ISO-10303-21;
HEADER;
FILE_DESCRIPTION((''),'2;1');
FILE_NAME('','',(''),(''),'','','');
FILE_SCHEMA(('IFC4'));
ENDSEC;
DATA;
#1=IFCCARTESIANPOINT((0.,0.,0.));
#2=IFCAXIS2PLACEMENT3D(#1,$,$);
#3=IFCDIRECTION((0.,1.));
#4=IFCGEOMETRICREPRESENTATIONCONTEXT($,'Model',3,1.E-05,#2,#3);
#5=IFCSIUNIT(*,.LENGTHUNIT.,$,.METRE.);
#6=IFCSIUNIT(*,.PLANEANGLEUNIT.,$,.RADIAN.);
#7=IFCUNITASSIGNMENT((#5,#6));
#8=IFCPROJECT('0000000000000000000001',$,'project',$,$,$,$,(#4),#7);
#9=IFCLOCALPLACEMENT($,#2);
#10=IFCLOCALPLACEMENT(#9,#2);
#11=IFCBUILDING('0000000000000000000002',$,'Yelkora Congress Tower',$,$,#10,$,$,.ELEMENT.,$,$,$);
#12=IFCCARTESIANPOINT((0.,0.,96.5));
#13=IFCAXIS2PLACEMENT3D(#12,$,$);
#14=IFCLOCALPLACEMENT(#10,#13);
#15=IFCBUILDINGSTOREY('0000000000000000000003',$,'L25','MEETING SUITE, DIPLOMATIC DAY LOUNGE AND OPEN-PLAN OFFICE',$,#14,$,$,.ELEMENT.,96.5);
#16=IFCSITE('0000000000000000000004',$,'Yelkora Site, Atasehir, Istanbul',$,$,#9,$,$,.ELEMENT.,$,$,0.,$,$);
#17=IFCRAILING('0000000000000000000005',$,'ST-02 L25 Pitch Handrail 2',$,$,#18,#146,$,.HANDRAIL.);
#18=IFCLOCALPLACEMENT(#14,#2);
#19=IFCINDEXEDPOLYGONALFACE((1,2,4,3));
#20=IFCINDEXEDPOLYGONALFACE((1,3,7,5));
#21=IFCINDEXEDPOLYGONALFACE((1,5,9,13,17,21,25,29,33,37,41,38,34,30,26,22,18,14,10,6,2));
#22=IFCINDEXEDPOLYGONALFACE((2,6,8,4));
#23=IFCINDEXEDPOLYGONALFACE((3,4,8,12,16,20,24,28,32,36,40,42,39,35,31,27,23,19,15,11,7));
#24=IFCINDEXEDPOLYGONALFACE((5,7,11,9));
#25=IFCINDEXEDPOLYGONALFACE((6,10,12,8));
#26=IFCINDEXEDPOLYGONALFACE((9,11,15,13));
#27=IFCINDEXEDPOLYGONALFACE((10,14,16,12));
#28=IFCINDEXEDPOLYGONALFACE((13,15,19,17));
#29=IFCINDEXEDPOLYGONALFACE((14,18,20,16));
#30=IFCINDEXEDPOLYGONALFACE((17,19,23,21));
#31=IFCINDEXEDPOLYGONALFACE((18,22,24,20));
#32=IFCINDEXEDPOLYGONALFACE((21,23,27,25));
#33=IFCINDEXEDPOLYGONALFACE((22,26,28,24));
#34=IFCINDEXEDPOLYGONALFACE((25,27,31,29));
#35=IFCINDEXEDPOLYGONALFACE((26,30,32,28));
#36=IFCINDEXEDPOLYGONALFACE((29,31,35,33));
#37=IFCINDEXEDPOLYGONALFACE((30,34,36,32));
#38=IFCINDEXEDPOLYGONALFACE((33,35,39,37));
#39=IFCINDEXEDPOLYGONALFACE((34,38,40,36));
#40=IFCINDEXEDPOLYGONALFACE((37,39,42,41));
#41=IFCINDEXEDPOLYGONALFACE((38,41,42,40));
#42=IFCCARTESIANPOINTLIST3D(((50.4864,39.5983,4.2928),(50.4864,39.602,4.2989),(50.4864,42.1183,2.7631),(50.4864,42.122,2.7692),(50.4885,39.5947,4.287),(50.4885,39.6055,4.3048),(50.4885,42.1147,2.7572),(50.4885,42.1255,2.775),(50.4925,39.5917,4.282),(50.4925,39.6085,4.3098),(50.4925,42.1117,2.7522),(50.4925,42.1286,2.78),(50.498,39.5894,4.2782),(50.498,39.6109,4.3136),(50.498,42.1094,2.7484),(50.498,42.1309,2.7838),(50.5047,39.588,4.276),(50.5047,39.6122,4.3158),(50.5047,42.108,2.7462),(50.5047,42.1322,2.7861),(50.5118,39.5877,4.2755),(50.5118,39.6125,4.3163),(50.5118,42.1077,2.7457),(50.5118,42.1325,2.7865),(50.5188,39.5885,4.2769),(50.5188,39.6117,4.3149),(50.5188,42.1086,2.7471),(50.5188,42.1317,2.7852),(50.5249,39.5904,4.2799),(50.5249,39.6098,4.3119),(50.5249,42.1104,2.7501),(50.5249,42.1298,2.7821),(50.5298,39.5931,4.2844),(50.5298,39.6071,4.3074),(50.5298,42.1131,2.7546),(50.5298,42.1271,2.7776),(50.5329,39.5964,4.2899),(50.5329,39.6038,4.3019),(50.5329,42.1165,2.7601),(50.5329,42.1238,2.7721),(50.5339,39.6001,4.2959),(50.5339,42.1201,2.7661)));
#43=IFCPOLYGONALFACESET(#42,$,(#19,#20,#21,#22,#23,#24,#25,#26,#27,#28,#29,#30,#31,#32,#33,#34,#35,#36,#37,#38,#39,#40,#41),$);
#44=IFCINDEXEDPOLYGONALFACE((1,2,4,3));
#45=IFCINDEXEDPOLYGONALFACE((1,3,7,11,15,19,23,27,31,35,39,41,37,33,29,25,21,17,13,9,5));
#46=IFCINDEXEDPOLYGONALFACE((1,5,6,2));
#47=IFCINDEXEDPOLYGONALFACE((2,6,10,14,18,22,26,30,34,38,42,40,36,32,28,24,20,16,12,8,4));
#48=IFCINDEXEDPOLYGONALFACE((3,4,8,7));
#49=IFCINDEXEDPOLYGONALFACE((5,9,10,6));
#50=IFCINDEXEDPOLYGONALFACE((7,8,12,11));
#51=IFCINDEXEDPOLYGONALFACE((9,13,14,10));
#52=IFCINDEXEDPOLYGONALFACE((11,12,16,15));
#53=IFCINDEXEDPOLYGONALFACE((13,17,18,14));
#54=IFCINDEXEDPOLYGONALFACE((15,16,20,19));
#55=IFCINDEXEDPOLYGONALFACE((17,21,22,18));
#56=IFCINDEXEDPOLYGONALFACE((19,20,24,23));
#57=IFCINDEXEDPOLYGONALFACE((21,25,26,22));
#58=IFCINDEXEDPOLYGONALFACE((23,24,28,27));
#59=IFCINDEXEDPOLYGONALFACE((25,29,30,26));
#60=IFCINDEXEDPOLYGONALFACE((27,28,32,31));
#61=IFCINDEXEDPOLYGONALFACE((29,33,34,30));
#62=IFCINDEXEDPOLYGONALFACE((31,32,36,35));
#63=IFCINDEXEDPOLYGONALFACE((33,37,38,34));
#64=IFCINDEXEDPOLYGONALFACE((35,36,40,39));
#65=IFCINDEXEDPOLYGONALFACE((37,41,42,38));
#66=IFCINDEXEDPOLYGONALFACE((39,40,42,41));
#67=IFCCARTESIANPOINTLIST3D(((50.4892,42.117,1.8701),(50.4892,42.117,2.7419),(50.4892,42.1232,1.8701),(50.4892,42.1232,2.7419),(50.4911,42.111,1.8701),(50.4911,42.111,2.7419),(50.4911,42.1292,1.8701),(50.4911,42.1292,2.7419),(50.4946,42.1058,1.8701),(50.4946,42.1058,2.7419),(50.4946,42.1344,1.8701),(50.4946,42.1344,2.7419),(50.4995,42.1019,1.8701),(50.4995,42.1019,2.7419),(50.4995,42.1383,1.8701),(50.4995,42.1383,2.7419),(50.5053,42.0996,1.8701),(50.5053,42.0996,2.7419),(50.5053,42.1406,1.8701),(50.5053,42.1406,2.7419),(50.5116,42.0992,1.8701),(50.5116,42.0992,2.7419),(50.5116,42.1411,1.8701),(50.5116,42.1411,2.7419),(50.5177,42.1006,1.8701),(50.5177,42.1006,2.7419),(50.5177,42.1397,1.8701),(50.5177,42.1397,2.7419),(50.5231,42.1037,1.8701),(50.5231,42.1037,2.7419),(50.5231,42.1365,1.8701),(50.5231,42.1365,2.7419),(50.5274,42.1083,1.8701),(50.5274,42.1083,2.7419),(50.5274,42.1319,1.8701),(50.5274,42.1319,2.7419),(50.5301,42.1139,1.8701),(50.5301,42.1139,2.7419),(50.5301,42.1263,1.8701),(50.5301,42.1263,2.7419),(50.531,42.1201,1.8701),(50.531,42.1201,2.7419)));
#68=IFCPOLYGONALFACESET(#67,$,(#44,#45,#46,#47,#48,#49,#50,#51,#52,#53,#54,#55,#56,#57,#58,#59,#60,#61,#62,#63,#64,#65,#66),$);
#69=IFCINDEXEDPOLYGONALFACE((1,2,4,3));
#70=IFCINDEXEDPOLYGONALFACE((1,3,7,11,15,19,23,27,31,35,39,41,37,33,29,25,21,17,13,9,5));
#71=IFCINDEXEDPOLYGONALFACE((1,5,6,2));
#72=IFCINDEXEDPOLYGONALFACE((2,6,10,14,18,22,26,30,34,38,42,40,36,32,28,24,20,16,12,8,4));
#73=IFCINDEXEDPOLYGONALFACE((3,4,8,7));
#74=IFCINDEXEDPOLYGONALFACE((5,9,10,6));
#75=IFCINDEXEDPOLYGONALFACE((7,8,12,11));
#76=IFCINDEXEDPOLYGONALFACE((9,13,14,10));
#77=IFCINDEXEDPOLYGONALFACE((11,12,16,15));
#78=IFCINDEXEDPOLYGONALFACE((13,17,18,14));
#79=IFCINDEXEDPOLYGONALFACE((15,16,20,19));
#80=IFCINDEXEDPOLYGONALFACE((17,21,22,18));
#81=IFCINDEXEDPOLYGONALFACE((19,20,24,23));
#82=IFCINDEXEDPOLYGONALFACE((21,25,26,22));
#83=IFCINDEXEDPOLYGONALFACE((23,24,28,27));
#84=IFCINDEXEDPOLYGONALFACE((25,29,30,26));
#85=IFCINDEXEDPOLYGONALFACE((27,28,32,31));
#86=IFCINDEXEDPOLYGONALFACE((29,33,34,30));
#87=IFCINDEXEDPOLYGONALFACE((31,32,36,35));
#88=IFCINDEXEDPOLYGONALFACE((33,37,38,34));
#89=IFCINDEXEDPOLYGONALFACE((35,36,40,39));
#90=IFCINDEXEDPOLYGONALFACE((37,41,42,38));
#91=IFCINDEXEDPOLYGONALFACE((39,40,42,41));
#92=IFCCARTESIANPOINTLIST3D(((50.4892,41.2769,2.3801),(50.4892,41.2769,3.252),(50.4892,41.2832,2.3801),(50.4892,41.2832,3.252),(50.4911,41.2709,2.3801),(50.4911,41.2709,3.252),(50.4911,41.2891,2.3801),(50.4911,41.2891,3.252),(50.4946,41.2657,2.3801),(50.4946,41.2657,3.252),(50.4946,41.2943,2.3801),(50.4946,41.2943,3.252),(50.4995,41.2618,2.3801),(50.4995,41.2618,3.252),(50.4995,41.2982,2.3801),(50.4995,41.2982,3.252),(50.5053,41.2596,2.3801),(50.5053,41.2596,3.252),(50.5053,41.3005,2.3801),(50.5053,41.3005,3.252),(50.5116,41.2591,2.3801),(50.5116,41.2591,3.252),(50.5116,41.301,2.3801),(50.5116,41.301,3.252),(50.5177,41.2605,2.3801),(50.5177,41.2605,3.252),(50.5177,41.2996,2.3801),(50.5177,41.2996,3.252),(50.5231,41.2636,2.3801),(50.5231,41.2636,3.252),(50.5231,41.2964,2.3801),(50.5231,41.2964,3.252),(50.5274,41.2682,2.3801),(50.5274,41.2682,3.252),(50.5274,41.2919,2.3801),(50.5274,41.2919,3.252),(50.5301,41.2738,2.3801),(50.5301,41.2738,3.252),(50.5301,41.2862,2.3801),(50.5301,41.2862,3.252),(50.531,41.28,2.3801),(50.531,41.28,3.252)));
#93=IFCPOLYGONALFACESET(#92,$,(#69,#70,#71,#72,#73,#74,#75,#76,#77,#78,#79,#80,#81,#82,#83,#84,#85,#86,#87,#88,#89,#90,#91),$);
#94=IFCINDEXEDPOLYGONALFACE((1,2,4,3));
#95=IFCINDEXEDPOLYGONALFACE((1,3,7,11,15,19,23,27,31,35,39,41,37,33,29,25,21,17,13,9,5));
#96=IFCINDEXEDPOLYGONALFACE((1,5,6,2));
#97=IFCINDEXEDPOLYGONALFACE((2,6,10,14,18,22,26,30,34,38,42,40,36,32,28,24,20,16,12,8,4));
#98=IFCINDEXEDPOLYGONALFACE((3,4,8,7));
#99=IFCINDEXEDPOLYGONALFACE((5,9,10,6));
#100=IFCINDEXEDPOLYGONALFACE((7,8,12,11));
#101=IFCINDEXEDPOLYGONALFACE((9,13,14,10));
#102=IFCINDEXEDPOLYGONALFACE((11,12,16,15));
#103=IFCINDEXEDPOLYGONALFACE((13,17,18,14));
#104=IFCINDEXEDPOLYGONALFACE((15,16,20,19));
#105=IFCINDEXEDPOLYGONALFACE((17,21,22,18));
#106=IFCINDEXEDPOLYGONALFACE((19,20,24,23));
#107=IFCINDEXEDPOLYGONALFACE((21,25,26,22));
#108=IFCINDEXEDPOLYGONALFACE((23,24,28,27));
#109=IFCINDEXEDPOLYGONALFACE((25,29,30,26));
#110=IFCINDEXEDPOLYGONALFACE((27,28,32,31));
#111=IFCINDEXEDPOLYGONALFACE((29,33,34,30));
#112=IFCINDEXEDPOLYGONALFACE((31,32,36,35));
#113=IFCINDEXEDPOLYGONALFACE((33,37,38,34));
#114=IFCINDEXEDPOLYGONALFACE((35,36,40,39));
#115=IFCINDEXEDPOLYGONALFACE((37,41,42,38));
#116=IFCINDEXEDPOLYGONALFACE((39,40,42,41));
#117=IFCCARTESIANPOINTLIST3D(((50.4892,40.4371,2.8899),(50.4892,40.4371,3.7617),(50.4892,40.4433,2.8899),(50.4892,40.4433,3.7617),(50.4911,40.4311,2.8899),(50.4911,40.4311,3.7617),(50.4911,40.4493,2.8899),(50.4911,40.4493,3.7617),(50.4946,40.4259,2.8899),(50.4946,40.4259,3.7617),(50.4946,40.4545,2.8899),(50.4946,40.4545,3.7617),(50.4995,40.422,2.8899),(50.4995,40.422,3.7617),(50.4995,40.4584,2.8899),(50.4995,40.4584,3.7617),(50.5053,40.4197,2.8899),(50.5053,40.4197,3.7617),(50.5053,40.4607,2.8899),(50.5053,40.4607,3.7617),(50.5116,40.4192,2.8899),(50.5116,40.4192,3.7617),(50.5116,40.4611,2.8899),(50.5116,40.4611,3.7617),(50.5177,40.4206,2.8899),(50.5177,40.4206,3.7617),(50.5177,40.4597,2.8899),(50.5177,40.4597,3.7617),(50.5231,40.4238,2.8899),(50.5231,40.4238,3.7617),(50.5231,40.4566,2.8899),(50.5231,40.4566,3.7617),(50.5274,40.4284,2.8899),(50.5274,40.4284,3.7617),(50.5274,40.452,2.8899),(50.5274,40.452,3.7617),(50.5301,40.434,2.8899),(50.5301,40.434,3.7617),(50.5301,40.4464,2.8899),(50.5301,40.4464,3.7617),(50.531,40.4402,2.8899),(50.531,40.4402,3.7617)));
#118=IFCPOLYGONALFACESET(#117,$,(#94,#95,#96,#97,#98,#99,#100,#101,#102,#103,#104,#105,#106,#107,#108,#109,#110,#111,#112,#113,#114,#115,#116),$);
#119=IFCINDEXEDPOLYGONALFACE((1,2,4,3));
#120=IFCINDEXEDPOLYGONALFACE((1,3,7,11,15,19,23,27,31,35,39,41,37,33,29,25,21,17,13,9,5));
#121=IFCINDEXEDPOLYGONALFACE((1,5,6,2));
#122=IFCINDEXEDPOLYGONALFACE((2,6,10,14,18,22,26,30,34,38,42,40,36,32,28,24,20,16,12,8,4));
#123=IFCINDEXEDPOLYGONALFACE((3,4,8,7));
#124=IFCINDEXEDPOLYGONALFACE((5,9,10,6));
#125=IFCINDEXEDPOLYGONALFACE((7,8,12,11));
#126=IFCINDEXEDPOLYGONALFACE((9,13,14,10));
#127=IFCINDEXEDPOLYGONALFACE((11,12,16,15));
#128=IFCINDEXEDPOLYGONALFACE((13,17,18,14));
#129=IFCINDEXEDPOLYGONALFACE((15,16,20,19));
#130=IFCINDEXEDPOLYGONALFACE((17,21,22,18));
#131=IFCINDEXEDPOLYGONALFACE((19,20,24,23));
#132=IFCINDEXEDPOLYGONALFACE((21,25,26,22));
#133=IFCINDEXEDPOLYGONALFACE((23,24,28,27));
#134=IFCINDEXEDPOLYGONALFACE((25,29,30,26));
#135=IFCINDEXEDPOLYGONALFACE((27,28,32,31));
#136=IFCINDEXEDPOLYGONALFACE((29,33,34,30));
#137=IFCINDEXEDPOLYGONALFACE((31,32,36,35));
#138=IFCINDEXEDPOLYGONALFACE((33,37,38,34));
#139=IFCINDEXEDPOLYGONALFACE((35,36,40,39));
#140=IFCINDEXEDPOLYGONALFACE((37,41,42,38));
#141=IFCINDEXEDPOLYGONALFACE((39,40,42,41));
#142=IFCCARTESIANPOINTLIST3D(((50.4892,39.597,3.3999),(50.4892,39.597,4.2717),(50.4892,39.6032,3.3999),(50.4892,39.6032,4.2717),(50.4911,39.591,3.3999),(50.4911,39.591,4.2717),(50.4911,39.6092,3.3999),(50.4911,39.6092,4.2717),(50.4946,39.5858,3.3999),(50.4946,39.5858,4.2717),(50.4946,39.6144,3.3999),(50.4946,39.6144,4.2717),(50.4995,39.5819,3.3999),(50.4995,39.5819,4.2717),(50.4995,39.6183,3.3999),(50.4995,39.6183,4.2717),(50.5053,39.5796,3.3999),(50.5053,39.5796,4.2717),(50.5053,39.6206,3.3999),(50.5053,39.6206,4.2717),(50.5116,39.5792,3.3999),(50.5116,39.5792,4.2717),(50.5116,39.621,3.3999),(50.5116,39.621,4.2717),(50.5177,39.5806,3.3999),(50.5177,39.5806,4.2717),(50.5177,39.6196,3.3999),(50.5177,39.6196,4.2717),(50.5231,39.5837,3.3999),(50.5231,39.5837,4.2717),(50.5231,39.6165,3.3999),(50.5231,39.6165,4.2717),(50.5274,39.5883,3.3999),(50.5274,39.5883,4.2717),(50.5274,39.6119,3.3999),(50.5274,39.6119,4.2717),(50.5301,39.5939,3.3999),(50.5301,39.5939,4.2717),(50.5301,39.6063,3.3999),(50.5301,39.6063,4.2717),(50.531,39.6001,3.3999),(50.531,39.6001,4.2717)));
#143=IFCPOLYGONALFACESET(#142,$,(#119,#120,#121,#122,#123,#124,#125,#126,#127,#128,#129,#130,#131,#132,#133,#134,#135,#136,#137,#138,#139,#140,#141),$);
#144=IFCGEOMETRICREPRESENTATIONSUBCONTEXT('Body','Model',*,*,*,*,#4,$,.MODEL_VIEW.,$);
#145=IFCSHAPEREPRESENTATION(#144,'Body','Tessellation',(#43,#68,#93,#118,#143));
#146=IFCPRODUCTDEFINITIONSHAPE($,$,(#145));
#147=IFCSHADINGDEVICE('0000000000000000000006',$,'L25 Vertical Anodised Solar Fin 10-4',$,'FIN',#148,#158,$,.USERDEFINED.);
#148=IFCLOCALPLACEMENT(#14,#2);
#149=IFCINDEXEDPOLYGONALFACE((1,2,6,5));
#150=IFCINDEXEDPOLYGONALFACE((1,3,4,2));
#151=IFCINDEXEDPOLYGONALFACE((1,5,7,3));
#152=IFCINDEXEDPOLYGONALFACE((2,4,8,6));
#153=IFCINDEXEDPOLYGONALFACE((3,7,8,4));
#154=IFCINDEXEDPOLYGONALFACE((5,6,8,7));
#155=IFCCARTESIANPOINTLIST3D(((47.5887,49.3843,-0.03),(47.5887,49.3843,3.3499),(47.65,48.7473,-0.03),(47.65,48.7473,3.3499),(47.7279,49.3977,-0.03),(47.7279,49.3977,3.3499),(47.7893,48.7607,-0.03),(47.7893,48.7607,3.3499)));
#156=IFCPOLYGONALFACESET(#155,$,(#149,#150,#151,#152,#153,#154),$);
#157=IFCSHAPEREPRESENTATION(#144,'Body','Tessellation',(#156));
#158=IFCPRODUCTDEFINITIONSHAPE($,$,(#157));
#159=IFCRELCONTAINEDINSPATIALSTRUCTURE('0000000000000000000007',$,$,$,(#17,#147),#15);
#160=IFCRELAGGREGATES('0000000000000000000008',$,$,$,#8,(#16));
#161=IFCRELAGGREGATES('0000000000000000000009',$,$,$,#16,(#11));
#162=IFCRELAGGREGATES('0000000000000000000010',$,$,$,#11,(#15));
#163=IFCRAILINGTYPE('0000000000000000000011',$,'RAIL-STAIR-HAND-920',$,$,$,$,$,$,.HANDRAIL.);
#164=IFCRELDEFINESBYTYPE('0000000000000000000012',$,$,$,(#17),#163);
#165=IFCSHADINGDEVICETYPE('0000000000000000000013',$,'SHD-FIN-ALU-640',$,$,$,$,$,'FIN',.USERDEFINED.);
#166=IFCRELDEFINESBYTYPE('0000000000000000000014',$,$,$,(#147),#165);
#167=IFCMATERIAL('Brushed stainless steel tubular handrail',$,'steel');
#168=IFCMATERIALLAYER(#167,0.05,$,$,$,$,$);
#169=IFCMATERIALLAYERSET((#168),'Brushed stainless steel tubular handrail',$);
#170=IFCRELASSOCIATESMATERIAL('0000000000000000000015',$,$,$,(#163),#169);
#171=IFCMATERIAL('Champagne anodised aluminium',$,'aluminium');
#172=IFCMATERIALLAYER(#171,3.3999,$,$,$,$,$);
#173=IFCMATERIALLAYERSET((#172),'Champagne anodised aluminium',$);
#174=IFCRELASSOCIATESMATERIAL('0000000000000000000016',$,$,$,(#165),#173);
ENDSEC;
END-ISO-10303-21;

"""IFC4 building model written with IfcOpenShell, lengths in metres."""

from ifc_helpers import new_model, si_unit, direction, frame, origin, origin_2d, place, context, subcontext, project, spatial, rectangle, circle, extrude, material, layer, layer_set, type_object, element, save


model = new_model("IFC4")

# Units and contexts
model_context = context("Model", 3, precision=1e-05, world=origin(), true_north=direction((0.0, 1.0)))
body_context = subcontext(model_context, "Body", "Model", "MODEL_VIEW")
ifc_project = project(units=[si_unit("LENGTHUNIT", "METRE"), si_unit("PLANEANGLEUNIT", "RADIAN")], contexts=[model_context])

# Site, building, storey
site_placement = place(None, origin())
site = spatial("IfcSite", under=ifc_project, at=site_placement, Name="Yelkora Site, Atasehir, Istanbul", CompositionType="ELEMENT", RefElevation=0.0)
building_placement = place(site_placement, origin())
building = spatial("IfcBuilding", under=site, at=building_placement, Name="Yelkora Congress Tower", CompositionType="ELEMENT")
storey_placement = place(building_placement, frame((0.0, 0.0, 96.5)))
storey = spatial("IfcBuildingStorey", under=building, at=storey_placement, Name="L25", Description="MEETING SUITE, DIPLOMATIC DAY LOUNGE AND OPEN-PLAN OFFICE", CompositionType="ELEMENT", Elevation=96.5)

# Railing
ifc_material_1 = material(Name="Brushed stainless steel tubular handrail", Category="steel")
ifc_layer_1 = layer(ifc_material_1, 0.05)
ifc_layer_set_1 = layer_set([ifc_layer_1], Name="Brushed stainless steel tubular handrail")
railing_type_1 = type_object("IfcRailingType", Name="RAIL-STAIR-HAND-920", PredefinedType="HANDRAIL", material=ifc_layer_set_1)
railing_1_placement = place(storey_placement, frame((50.51, 42.1201, 1.8701)))
element("IfcRailing", 1, at=railing_1_placement, inside=storey, type_object=railing_type_1, Name="ST-02 L25 Pitch Handrail 2", PredefinedType="HANDRAIL", context=body_context, shape_type="SweptSolid", body=[
    extrude(circle(Radius=0.0239, at=origin_2d()), frame((0.0, 0.0, 0.896), z_axis=(0.0, -0.854822, 0.518922), x_axis=(1.0, 0.0, 0.0)), (0.0, 0.0, 1.0), 2.948),
    extrude(circle(Radius=0.021, at=origin_2d()), origin(), (0.0, 0.0, 1.0), 0.8718),
    extrude(circle(Radius=0.021, at=origin_2d()), frame((0.0, -0.8401, 0.51)), (0.0, 0.0, 1.0), 0.8718),
    extrude(circle(Radius=0.021, at=origin_2d()), frame((0.0, -1.6799, 1.0198)), (0.0, 0.0, 1.0), 0.8718),
    extrude(circle(Radius=0.021, at=origin_2d()), frame((0.0, -2.52, 1.5298)), (0.0, 0.0, 1.0), 0.8718),
])

# Shading device
ifc_material_2 = material(Name="Champagne anodised aluminium", Category="aluminium")
ifc_layer_2 = layer(ifc_material_2, 3.3999)
ifc_layer_set_2 = layer_set([ifc_layer_2], Name="Champagne anodised aluminium")
shading_device_type = type_object("IfcShadingDeviceType", Name="SHD-FIN-ALU-640", ElementType="FIN", PredefinedType="USERDEFINED", material=ifc_layer_set_2)
shading_device_placement = place(storey_placement, frame((47.689, 49.0725, -0.03), z_axis=(0.0, 0.0, 1.0), x_axis=(0.995396, 0.095846, 0.0)))
element("IfcShadingDevice", 2, at=shading_device_placement, inside=storey, type_object=shading_device_type, Name="L25 Vertical Anodised Solar Fin 10-4", ObjectType="FIN", PredefinedType="USERDEFINED", context=body_context, shape_type="SweptSolid", body=[
    extrude(rectangle(XDim=0.1399, YDim=0.6399, at=origin_2d()), origin(), (0.0, 0.0, 1.0), 3.3799),
])

save(model, "model.ifc")
